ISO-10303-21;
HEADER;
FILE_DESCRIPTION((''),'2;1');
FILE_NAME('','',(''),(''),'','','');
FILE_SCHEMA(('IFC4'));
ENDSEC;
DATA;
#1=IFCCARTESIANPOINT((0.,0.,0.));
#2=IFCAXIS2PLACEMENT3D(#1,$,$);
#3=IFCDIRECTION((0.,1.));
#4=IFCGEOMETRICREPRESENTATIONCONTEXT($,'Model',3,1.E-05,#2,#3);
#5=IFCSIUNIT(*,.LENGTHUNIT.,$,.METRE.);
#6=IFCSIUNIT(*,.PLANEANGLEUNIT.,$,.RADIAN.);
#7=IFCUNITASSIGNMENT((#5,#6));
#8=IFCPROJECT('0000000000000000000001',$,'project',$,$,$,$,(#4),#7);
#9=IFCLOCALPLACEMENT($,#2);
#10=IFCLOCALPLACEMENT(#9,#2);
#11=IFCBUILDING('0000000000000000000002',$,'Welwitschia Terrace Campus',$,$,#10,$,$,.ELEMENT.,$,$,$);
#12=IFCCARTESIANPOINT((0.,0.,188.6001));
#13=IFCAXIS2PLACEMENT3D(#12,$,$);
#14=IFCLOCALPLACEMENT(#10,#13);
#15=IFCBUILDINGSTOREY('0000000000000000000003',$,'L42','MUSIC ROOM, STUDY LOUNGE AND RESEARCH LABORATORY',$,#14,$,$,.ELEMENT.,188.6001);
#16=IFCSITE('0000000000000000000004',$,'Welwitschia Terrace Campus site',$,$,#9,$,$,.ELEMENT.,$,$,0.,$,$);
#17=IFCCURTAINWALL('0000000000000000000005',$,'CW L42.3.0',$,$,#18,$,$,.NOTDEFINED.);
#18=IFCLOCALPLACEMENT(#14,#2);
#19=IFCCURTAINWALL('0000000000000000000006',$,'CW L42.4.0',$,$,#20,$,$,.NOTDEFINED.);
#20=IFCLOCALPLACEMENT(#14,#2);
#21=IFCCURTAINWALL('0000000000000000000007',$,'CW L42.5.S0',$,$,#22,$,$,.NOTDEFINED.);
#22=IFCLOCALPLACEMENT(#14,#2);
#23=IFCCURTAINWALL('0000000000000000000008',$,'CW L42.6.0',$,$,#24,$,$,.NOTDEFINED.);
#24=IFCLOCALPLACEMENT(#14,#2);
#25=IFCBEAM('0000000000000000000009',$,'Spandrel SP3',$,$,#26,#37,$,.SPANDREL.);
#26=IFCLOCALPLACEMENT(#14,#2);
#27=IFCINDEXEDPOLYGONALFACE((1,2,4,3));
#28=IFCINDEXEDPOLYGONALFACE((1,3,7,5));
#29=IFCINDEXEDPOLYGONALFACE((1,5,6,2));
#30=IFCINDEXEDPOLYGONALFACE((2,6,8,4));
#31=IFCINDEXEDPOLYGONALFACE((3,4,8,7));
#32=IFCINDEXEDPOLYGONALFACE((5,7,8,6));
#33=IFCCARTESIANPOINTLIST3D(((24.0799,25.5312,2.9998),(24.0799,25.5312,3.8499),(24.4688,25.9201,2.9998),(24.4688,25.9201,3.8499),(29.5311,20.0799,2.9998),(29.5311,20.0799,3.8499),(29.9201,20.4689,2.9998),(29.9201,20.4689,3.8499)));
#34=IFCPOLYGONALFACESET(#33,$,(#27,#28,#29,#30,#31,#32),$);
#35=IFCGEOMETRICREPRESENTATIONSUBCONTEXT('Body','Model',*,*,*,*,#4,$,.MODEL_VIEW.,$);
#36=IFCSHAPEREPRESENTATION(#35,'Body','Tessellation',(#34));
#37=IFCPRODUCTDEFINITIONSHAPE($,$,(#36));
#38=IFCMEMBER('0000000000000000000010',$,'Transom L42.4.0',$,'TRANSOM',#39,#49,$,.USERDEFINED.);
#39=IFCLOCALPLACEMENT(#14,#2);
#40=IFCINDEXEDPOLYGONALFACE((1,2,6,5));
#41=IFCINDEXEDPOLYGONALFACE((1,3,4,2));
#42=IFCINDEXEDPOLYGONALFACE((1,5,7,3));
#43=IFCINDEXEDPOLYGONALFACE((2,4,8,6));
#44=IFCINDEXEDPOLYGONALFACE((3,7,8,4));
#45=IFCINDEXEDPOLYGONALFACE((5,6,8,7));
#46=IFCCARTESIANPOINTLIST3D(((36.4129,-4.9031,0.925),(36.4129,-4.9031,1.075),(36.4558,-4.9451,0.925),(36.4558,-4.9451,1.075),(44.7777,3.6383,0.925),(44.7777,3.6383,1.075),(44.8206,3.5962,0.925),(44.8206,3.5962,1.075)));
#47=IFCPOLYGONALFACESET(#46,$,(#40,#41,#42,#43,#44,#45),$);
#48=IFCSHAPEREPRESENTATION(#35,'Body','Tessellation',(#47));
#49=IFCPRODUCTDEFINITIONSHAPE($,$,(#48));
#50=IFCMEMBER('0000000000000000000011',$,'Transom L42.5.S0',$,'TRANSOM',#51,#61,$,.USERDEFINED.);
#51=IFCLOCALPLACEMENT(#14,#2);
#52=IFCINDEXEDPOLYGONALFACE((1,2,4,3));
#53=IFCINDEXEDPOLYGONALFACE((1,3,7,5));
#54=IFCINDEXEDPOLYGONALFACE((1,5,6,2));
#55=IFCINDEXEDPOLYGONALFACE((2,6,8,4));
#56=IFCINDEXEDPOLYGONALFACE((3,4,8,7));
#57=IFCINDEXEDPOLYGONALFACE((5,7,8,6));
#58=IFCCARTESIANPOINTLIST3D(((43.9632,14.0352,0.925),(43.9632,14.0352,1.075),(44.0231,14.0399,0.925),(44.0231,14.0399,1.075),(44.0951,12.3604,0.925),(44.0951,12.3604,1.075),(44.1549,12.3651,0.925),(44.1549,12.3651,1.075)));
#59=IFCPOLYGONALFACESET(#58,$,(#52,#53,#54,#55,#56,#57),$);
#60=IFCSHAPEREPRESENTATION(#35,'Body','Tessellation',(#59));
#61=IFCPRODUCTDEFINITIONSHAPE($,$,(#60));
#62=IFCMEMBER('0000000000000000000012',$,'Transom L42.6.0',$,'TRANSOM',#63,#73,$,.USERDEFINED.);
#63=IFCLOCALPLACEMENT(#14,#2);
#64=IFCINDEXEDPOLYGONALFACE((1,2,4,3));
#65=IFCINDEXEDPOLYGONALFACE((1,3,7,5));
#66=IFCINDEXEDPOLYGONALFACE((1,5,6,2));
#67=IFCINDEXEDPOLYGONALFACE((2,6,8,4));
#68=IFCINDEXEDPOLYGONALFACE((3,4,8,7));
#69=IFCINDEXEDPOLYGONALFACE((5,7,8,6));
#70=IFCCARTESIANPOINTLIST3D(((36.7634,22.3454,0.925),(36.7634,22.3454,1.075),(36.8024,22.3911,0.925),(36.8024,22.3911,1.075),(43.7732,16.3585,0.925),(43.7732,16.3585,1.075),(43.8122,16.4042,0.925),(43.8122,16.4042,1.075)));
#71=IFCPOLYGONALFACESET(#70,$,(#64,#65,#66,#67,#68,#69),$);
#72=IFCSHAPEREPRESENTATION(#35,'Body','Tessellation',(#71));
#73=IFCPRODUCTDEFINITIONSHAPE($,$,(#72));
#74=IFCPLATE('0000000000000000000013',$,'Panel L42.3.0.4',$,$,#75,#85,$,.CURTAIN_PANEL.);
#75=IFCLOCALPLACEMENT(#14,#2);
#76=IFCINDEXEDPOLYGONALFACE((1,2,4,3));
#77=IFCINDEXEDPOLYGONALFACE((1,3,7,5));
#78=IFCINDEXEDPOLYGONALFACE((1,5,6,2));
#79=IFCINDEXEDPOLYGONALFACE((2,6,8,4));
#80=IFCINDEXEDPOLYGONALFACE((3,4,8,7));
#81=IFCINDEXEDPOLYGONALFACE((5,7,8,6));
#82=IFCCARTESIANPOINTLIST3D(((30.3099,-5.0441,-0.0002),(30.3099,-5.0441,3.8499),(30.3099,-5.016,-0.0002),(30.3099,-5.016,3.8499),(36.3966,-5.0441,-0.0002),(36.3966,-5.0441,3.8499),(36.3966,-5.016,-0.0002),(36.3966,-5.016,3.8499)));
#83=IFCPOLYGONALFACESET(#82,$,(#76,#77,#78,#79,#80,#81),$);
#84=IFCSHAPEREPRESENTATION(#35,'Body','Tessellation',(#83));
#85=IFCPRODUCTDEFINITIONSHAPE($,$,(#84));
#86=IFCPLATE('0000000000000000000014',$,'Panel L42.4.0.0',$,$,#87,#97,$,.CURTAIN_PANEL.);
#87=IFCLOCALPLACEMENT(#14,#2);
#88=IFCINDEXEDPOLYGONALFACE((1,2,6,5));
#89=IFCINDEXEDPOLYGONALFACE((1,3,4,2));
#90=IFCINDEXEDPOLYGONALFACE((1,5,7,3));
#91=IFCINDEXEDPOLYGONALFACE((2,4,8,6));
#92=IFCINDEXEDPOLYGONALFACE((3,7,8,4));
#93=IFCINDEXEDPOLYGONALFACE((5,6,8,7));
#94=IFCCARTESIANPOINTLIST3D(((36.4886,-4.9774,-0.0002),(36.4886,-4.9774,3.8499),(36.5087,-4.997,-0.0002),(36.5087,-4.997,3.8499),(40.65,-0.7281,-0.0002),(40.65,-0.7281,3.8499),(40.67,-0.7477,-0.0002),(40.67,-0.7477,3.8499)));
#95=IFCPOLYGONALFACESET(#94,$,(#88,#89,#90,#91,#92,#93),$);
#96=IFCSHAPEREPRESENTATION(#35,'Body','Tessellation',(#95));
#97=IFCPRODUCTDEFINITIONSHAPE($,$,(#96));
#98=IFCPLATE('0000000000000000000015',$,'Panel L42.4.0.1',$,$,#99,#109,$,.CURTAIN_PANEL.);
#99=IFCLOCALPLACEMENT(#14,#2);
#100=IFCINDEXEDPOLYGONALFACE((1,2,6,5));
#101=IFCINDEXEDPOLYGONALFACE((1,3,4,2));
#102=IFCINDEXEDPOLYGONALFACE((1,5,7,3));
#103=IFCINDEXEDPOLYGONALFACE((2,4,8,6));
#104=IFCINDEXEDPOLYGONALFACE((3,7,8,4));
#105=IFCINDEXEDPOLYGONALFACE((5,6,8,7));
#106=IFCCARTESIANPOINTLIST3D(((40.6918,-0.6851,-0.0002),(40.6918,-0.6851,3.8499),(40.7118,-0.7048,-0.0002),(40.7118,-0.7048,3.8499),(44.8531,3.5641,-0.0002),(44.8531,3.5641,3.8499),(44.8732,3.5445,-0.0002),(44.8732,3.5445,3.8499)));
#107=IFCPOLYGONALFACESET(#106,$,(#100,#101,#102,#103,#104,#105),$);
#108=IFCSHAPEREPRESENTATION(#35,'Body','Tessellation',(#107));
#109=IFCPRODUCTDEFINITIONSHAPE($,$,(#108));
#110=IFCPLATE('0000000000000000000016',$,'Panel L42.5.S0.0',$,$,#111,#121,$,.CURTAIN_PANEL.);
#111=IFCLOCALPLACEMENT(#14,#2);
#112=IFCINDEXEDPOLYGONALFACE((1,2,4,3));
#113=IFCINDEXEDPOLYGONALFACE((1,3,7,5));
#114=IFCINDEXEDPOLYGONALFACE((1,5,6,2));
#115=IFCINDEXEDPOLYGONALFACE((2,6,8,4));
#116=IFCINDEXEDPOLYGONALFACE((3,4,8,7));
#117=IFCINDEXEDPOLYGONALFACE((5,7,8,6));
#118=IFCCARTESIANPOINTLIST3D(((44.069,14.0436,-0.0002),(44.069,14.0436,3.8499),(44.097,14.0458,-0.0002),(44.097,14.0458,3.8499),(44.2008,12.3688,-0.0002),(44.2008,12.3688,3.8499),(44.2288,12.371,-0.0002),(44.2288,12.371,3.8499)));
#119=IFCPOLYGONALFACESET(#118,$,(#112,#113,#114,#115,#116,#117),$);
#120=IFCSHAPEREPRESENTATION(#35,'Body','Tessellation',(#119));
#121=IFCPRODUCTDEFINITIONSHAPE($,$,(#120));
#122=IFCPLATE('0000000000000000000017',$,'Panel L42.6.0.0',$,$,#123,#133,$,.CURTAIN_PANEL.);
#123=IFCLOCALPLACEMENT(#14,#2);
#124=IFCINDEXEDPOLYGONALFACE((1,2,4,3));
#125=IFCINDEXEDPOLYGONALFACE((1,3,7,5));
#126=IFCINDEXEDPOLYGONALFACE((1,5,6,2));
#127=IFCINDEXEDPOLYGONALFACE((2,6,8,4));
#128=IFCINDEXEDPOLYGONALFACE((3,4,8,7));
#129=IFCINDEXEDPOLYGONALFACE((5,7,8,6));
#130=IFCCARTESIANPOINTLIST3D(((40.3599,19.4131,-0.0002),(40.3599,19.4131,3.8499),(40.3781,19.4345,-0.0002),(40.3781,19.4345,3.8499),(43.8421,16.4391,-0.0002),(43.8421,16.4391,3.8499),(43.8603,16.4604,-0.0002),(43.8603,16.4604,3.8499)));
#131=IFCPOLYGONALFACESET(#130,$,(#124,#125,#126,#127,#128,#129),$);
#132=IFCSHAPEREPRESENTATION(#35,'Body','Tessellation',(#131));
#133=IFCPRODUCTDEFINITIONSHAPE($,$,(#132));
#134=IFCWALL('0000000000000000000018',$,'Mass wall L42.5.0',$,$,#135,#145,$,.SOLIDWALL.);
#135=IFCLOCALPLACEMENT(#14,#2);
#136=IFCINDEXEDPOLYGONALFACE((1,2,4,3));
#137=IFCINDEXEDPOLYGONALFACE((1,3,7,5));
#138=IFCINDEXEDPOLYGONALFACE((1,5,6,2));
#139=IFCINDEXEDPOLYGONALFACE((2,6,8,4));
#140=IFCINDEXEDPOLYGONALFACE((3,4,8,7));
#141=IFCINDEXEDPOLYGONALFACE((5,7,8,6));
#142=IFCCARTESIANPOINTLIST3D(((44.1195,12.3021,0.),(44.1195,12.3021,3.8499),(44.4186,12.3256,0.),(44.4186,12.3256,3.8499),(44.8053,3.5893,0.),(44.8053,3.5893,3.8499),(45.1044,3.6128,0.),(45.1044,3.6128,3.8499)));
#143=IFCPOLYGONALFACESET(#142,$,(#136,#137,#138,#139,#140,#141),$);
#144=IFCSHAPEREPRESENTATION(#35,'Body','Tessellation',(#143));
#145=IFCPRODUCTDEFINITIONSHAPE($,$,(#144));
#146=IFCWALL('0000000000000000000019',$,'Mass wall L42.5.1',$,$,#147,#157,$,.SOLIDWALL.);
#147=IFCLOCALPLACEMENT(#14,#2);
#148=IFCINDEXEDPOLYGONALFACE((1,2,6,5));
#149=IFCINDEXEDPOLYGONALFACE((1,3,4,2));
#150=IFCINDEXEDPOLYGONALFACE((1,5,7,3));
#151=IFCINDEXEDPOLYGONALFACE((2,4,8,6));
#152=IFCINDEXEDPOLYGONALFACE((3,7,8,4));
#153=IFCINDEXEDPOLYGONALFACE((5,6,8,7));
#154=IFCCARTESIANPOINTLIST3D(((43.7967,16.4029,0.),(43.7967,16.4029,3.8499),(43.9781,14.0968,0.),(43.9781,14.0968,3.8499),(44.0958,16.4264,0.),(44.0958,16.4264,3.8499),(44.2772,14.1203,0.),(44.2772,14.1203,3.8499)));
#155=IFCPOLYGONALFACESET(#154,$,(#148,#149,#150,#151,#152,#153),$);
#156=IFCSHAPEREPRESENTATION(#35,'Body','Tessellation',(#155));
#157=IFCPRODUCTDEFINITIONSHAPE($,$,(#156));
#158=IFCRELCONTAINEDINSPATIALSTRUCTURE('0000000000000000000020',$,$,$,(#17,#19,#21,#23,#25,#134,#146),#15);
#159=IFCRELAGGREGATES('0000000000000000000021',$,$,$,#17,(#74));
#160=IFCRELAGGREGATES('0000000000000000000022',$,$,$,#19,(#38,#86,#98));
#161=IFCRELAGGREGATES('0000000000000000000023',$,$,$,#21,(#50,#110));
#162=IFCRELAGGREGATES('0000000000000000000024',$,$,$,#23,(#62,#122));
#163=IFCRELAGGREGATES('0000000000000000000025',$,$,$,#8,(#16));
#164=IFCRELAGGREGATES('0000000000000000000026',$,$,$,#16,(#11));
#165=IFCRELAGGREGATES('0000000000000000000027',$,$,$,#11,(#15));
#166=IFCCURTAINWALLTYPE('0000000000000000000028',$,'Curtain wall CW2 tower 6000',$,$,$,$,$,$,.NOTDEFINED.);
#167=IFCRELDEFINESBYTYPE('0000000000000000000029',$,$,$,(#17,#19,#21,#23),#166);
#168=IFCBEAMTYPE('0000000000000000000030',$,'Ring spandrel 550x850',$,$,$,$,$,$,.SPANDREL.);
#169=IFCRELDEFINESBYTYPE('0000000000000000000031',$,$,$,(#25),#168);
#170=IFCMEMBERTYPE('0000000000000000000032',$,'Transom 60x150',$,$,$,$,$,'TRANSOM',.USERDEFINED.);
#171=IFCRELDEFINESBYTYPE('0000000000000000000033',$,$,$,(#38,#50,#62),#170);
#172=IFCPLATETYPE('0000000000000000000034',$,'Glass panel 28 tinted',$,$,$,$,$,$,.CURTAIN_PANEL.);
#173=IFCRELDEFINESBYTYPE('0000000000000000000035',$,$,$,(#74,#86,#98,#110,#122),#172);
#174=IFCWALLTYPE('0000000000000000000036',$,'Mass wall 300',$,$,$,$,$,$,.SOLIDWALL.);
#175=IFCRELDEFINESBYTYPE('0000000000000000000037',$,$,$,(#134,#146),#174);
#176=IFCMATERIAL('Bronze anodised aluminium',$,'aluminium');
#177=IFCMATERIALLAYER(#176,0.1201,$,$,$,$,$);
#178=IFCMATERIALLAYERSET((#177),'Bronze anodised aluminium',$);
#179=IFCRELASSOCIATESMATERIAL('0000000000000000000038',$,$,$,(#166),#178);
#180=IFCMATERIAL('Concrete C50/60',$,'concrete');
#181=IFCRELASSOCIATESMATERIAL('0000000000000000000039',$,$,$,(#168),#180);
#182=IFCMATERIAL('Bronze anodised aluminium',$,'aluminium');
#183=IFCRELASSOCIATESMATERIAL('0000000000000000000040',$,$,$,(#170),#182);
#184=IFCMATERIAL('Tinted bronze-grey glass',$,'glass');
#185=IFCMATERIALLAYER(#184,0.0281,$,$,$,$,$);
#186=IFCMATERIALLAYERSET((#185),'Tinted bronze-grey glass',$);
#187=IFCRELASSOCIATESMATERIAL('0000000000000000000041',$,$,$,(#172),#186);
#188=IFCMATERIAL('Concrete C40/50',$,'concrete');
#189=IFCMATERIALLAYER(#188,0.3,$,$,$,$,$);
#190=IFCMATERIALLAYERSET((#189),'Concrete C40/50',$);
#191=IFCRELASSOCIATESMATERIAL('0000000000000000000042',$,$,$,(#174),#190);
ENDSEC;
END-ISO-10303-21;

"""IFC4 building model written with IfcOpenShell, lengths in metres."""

from ifc_helpers import new_model, si_unit, direction, frame, frame_2d, origin, origin_2d, place, context, subcontext, project, spatial, rectangle, extrude, material, layer, layer_set, material_profile, profile_set, type_object, element, aggregate, save


model = new_model("IFC4")

# Units and contexts
model_context = context("Model", 3, precision=1e-05, world=origin(), true_north=direction((0.0, 1.0)))
body_context = subcontext(model_context, "Body", "Model", "MODEL_VIEW")
ifc_project = project(units=[si_unit("LENGTHUNIT", "METRE"), si_unit("PLANEANGLEUNIT", "RADIAN")], contexts=[model_context])

# Site, building, storey
site_placement = place(None, origin())
site = spatial("IfcSite", under=ifc_project, at=site_placement, Name="Welwitschia Terrace Campus site", CompositionType="ELEMENT", RefElevation=0.0)
building_placement = place(site_placement, origin())
building = spatial("IfcBuilding", under=site, at=building_placement, Name="Welwitschia Terrace Campus", CompositionType="ELEMENT")
storey_placement = place(building_placement, frame((0.0, 0.0, 188.6001)))
storey = spatial("IfcBuildingStorey", under=building, at=storey_placement, Name="L42", Description="MUSIC ROOM, STUDY LOUNGE AND RESEARCH LABORATORY", CompositionType="ELEMENT", Elevation=188.6001)

# Curtain walls
ifc_material_1 = material(Name="Bronze anodised aluminium", Category="aluminium")
ifc_layer_1 = layer(ifc_material_1, 0.1201)
ifc_layer_set_1 = layer_set([ifc_layer_1], Name="Bronze anodised aluminium")
curtain_wall_type = type_object("IfcCurtainWallType", Name="Curtain wall CW2 tower 6000", PredefinedType="NOTDEFINED", material=ifc_layer_set_1)
curtain_wall_1_placement = place(storey_placement, origin())
curtain_wall_1 = element("IfcCurtainWall", 1, at=curtain_wall_1_placement, inside=storey, type_object=curtain_wall_type, Name="CW L42.3.0", PredefinedType="NOTDEFINED")
curtain_wall_2_placement = place(storey_placement, origin())
curtain_wall_2 = element("IfcCurtainWall", 2, at=curtain_wall_2_placement, inside=storey, type_object=curtain_wall_type, Name="CW L42.4.0", PredefinedType="NOTDEFINED")
curtain_wall_3_placement = place(storey_placement, origin())
curtain_wall_3 = element("IfcCurtainWall", 3, at=curtain_wall_3_placement, inside=storey, type_object=curtain_wall_type, Name="CW L42.5.S0", PredefinedType="NOTDEFINED")
curtain_wall_4_placement = place(storey_placement, origin())
curtain_wall_4 = element("IfcCurtainWall", 4, at=curtain_wall_4_placement, inside=storey, type_object=curtain_wall_type, Name="CW L42.6.0", PredefinedType="NOTDEFINED")

# Beam
ifc_material_2 = material(Name="Concrete C50/60", Category="concrete")
ifc_material_profile_1 = material_profile(ifc_material_2, rectangle(XDim=0.55, YDim=0.8501, at=origin_2d()))
ifc_profile_set_1 = profile_set([ifc_material_profile_1], Name="Concrete C50/60")
beam_type_1 = type_object("IfcBeamType", Name="Ring spandrel 550x850", PredefinedType="SPANDREL", material=ifc_profile_set_1)
beam_1_placement = place(storey_placement, frame((29.7256, 20.2744, 3.4248), z_axis=(-0.707107, 0.707107, 0.0), x_axis=(-0.707107, -0.707107, 0.0)))
element("IfcBeam", 5, at=beam_1_placement, inside=storey, type_object=beam_type_1, Name="Spandrel SP3", PredefinedType="SPANDREL", context=body_context, shape_type="SweptSolid", body=[
    extrude(rectangle(XDim=0.55, YDim=0.8501, at=origin_2d()), origin(), (0.0, 0.0, 1.0), 7.7092),
])

# Members
ifc_material_3 = material(Name="Bronze anodised aluminium", Category="aluminium")
ifc_material_profile_2 = material_profile(ifc_material_3, rectangle(XDim=0.0601, YDim=0.1499, at=origin_2d()))
ifc_profile_set_2 = profile_set([ifc_material_profile_2], Name="Bronze anodised aluminium")
member_type_1 = type_object("IfcMemberType", Name="Transom 60x150", ElementType="TRANSOM", PredefinedType="USERDEFINED", material=ifc_profile_set_2)
member_1_placement = place(storey_placement, frame((36.4343, -4.9241, 1.0), z_axis=(0.699686, 0.714451, 0.0), x_axis=(-0.714451, 0.699686, 0.0)))
member_1 = element("IfcMember", 6, at=member_1_placement, type_object=member_type_1, Name="Transom L42.4.0", ObjectType="TRANSOM", PredefinedType="USERDEFINED", context=body_context, shape_type="SweptSolid", body=[
    extrude(rectangle(XDim=0.0601, YDim=0.1499, at=origin_2d()), origin(), (0.0, 0.0, 1.0), 11.9551),
])
member_2_placement = place(storey_placement, frame((44.125, 12.3628, 1.0), z_axis=(-0.078474, 0.996916, 0.0), x_axis=(-0.996916, -0.078474, 0.0)))
member_2 = element("IfcMember", 7, at=member_2_placement, type_object=member_type_1, Name="Transom L42.5.S0", ObjectType="TRANSOM", PredefinedType="USERDEFINED", context=body_context, shape_type="SweptSolid", body=[
    extrude(rectangle(XDim=0.0601, YDim=0.1499, at=origin_2d()), origin(), (0.0, 0.0, 1.0), 1.6799),
])
member_3_placement = place(storey_placement, frame((43.7927, 16.3813, 1.0), z_axis=(-0.760411, 0.649442, 0.0), x_axis=(-0.649442, -0.760411, 0.0)))
member_3 = element("IfcMember", 8, at=member_3_placement, type_object=member_type_1, Name="Transom L42.6.0", ObjectType="TRANSOM", PredefinedType="USERDEFINED", context=body_context, shape_type="SweptSolid", body=[
    extrude(rectangle(XDim=0.0601, YDim=0.1499, at=origin_2d()), origin(), (0.0, 0.0, 1.0), 9.2185),
])

# Plates
ifc_material_4 = material(Name="Tinted bronze-grey glass", Category="glass")
ifc_layer_2 = layer(ifc_material_4, 0.0281)
ifc_layer_set_2 = layer_set([ifc_layer_2], Name="Tinted bronze-grey glass")
plate_type = type_object("IfcPlateType", Name="Glass panel 28 tinted", PredefinedType="CURTAIN_PANEL", material=ifc_layer_set_2)
plate_1_placement = place(storey_placement, frame((33.3533, -5.03, -0.0002), z_axis=(0.0, 0.0, 1.0), x_axis=(1.0, 0.0, 0.0)))
plate_1 = element("IfcPlate", 9, at=plate_1_placement, type_object=plate_type, Name="Panel L42.3.0.4", PredefinedType="CURTAIN_PANEL", context=body_context, shape_type="SweptSolid", body=[
    extrude(rectangle(XDim=6.0867, YDim=0.0281, at=origin_2d()), origin(), (0.0, 0.0, 1.0), 3.8501),
])
aggregate(curtain_wall_1, [plate_1])
plate_2_placement = place(storey_placement, frame((38.5793, -2.8625, -0.0002), z_axis=(0.0, 0.0, 1.0), x_axis=(0.699678, 0.714459, 0.0)))
plate_2 = element("IfcPlate", 10, at=plate_2_placement, type_object=plate_type, Name="Panel L42.4.0.0", PredefinedType="CURTAIN_PANEL", context=body_context, shape_type="SweptSolid", body=[
    extrude(rectangle(XDim=5.9475, YDim=0.0281, at=origin_2d()), origin(), (0.0, 0.0, 1.0), 3.8501),
])
plate_3_placement = place(storey_placement, frame((42.7825, 1.4297, -0.0002), z_axis=(0.0, 0.0, 1.0), x_axis=(0.699678, 0.714459, 0.0)))
plate_3 = element("IfcPlate", 11, at=plate_3_placement, type_object=plate_type, Name="Panel L42.4.0.1", PredefinedType="CURTAIN_PANEL", context=body_context, shape_type="SweptSolid", body=[
    extrude(rectangle(XDim=5.9475, YDim=0.0281, at=origin_2d()), origin(), (0.0, 0.0, 1.0), 3.8501),
])
aggregate(curtain_wall_2, [member_1, plate_2, plate_3])
plate_4_placement = place(storey_placement, frame((44.1489, 13.2073, -0.0002), z_axis=(0.0, 0.0, 1.0), x_axis=(-0.078459, 0.996917, 0.0)))
plate_4 = element("IfcPlate", 12, at=plate_4_placement, type_object=plate_type, Name="Panel L42.5.S0.0", PredefinedType="CURTAIN_PANEL", context=body_context, shape_type="SweptSolid", body=[
    extrude(rectangle(XDim=1.6799, YDim=0.0281, at=origin_2d()), origin(), (0.0, 0.0, 1.0), 3.8501),
])
aggregate(curtain_wall_3, [member_2, plate_4])
plate_5_placement = place(storey_placement, frame((42.1101, 17.9368, -0.0002), z_axis=(0.0, 0.0, 1.0), x_axis=(-0.760406, 0.649448, 0.0)))
plate_5 = element("IfcPlate", 13, at=plate_5_placement, type_object=plate_type, Name="Panel L42.6.0.0", PredefinedType="CURTAIN_PANEL", context=body_context, shape_type="SweptSolid", body=[
    extrude(rectangle(XDim=4.5793, YDim=0.0281, at=origin_2d()), origin(), (0.0, 0.0, 1.0), 3.8501),
])
aggregate(curtain_wall_4, [member_3, plate_5])

# Walls
ifc_material_5 = material(Name="Concrete C40/50", Category="concrete")
ifc_layer_3 = layer(ifc_material_5, 0.3)
ifc_layer_set_3 = layer_set([ifc_layer_3], Name="Concrete C40/50")
wall_type = type_object("IfcWallType", Name="Mass wall 300", PredefinedType="SOLIDWALL", material=ifc_layer_set_3)
wall_1_placement = place(storey_placement, frame((44.9548, 3.6011, 0.0), z_axis=(0.0, 0.0, 1.0), x_axis=(-0.078467, 0.996917, 0.0)))
element("IfcWall", 14, at=wall_1_placement, inside=storey, type_object=wall_type, Name="Mass wall L42.5.0", PredefinedType="SOLIDWALL", context=body_context, shape_type="SweptSolid", body=[
    extrude(rectangle(XDim=8.7397, YDim=0.3, at=frame_2d((4.3699, 0.0))), origin(), (0.0, 0.0, 1.0), 3.8499),
])
wall_2_placement = place(storey_placement, frame((44.1277, 14.1084, 0.0), z_axis=(0.0, 0.0, 1.0), x_axis=(-0.078415, 0.996921, 0.0)))
element("IfcWall", 15, at=wall_2_placement, inside=storey, type_object=wall_type, Name="Mass wall L42.5.1", PredefinedType="SOLIDWALL", context=body_context, shape_type="SweptSolid", body=[
    extrude(rectangle(XDim=2.3132, YDim=0.3, at=frame_2d((1.1567, 0.0))), origin(), (0.0, 0.0, 1.0), 3.8499),
])

save(model, "model.ifc")
